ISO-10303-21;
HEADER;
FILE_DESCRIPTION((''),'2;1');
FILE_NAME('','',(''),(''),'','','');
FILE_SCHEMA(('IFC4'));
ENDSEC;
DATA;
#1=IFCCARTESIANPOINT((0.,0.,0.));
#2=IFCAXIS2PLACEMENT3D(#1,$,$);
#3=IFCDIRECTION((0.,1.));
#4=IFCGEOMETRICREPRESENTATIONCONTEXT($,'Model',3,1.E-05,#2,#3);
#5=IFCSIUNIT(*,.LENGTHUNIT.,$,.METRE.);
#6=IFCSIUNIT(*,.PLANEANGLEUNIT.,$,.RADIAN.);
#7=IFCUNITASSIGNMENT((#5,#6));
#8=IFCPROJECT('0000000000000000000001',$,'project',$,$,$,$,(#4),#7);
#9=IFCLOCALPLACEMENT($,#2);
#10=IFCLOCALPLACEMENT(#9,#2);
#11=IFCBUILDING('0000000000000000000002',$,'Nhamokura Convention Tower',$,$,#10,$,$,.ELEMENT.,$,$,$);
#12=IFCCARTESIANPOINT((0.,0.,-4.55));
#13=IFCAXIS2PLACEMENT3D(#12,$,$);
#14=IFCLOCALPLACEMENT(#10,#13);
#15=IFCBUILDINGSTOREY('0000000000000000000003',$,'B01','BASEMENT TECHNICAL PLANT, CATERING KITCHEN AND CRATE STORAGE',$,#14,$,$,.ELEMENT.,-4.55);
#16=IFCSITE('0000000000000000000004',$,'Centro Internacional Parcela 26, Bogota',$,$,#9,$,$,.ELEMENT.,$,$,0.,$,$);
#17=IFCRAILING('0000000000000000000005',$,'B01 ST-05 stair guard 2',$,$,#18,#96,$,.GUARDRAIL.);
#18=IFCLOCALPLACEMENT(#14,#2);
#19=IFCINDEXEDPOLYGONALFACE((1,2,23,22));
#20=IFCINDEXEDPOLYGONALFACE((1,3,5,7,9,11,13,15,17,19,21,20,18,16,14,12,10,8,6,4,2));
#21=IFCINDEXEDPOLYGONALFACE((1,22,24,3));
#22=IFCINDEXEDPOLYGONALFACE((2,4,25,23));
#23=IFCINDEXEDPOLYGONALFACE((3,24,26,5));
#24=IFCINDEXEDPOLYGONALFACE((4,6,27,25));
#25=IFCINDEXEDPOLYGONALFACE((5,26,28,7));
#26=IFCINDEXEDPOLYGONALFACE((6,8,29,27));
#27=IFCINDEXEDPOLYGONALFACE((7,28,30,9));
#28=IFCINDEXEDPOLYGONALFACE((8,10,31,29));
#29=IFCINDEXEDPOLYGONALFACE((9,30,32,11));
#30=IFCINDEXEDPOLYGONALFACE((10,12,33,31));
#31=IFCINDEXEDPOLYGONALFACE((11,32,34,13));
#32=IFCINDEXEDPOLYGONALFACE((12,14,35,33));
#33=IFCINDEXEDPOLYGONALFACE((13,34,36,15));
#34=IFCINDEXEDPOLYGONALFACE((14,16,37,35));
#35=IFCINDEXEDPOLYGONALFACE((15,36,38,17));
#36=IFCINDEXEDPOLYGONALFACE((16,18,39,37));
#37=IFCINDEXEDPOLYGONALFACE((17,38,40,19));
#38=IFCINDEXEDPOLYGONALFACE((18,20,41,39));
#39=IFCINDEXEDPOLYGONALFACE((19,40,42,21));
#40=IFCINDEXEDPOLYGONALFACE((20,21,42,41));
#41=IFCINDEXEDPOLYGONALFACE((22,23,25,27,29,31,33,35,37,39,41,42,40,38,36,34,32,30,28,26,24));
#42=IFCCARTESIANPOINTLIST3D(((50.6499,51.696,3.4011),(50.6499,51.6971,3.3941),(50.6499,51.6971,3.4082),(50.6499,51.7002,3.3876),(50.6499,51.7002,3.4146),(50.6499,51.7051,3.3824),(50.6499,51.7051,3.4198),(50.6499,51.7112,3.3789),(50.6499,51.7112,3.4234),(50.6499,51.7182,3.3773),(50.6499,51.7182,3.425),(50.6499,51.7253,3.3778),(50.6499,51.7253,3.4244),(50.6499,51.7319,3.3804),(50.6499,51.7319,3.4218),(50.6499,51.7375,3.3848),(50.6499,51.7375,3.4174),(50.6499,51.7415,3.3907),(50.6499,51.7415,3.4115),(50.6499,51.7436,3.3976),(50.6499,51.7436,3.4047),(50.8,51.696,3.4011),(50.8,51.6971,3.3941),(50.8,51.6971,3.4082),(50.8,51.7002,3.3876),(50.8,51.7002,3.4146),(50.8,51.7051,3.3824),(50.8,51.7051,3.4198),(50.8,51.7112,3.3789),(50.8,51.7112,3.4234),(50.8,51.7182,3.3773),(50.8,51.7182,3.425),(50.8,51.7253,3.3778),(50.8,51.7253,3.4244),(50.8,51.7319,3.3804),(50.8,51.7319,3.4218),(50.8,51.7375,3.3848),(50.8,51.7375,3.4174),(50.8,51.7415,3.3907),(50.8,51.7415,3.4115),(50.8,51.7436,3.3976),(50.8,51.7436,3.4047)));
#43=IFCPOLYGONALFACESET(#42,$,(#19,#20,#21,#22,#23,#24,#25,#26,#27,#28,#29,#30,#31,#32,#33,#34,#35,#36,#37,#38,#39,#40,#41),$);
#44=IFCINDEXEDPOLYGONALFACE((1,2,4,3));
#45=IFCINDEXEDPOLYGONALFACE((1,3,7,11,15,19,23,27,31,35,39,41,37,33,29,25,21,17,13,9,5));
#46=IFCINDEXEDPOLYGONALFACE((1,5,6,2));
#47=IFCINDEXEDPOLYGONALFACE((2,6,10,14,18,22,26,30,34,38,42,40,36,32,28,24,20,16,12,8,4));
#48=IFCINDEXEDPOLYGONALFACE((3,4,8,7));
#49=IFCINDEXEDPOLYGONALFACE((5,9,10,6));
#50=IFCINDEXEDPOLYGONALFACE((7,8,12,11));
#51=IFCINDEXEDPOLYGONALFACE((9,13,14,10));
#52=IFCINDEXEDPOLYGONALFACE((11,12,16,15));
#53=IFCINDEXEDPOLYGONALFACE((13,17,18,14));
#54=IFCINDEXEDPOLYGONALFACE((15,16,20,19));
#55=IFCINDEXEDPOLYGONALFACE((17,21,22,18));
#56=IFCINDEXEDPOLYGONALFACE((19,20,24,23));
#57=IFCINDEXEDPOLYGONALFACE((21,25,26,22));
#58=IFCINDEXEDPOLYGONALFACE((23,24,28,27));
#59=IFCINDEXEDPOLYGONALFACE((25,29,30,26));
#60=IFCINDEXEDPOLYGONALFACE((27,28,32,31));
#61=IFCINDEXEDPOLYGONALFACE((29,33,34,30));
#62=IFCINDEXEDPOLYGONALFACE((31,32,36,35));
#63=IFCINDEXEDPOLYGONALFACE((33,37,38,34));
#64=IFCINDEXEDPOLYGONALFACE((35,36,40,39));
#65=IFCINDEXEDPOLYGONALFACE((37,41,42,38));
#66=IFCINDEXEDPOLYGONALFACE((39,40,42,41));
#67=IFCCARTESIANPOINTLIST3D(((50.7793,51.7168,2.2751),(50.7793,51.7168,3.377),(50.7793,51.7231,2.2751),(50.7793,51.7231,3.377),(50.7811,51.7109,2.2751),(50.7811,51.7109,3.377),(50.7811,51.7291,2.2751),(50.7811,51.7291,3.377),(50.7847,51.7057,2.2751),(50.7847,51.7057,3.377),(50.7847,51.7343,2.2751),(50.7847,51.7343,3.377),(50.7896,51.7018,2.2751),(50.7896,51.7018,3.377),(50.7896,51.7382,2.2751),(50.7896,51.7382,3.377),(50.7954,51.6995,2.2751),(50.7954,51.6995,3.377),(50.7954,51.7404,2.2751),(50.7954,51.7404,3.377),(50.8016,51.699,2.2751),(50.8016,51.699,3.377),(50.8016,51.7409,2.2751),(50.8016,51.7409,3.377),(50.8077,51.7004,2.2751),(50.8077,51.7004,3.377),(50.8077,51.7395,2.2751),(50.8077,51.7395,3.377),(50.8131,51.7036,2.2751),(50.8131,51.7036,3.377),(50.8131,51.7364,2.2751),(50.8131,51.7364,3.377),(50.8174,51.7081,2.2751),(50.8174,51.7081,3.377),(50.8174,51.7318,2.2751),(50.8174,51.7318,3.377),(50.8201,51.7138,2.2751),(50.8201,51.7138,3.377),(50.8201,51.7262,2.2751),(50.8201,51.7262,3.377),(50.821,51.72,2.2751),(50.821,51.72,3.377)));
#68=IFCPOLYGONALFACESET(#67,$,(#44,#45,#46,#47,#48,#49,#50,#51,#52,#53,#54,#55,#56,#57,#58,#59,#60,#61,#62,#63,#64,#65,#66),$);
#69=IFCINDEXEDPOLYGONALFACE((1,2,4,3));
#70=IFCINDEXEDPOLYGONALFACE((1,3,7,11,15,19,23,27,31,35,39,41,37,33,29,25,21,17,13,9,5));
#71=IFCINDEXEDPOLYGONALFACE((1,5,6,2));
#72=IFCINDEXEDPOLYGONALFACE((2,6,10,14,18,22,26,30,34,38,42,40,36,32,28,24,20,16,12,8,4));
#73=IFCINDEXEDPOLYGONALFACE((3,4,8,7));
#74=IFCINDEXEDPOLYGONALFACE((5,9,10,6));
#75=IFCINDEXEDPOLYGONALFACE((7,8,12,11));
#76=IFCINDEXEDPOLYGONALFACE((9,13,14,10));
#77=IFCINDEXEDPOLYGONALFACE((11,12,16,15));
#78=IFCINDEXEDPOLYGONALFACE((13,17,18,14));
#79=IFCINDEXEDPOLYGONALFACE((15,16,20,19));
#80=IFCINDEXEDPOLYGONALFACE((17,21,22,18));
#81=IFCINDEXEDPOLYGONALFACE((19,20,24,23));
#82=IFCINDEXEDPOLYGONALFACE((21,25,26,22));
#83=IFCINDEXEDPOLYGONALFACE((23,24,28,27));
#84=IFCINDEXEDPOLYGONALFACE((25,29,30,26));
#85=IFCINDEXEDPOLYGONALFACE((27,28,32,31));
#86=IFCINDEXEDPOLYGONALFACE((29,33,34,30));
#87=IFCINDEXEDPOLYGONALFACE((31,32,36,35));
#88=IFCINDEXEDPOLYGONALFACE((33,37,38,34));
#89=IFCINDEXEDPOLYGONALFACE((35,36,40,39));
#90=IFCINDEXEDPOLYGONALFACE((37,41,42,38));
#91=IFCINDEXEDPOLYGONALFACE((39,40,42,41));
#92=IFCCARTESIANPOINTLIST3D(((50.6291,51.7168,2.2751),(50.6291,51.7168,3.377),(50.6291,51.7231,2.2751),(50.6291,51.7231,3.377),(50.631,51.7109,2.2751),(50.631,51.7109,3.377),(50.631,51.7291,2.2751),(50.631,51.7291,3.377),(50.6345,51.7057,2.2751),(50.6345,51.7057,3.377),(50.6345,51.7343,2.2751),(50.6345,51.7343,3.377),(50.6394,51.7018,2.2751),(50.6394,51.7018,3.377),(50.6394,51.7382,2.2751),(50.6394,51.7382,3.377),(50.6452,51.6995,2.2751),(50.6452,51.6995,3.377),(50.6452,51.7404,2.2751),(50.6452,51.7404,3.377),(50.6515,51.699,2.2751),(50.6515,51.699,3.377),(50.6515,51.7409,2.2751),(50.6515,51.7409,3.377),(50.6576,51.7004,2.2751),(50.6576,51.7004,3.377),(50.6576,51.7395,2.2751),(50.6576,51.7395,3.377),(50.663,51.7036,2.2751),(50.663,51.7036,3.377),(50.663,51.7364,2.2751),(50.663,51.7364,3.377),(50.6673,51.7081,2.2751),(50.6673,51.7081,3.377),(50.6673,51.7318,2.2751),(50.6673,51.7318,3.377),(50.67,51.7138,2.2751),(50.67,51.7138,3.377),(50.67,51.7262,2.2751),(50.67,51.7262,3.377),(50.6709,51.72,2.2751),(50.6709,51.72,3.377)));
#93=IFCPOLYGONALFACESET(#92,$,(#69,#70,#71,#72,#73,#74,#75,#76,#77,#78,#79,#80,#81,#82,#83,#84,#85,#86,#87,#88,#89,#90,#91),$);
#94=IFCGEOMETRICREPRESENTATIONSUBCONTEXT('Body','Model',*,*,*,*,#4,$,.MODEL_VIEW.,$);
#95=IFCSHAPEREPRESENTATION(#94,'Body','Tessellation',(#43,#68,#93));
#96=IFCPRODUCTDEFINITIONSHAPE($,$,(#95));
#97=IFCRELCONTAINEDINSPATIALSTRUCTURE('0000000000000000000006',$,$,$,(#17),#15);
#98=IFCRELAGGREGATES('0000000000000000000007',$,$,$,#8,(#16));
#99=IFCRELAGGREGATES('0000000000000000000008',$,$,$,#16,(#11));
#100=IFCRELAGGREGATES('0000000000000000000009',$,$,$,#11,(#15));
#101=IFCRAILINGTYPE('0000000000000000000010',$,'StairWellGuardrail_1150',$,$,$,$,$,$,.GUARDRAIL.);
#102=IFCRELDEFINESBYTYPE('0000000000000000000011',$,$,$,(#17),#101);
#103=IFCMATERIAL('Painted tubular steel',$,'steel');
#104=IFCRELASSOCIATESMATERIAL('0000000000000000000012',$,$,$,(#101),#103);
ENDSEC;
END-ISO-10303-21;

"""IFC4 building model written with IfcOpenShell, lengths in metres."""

from ifc_helpers import new_model, si_unit, direction, frame, origin, origin_2d, place, context, subcontext, project, spatial, circle, extrude, material, type_object, element, save


model = new_model("IFC4")

# Units and contexts
model_context = context("Model", 3, precision=1e-05, world=origin(), true_north=direction((0.0, 1.0)))
body_context = subcontext(model_context, "Body", "Model", "MODEL_VIEW")
ifc_project = project(units=[si_unit("LENGTHUNIT", "METRE"), si_unit("PLANEANGLEUNIT", "RADIAN")], contexts=[model_context])

# Site, building, storey
site_placement = place(None, origin())
site = spatial("IfcSite", under=ifc_project, at=site_placement, Name="Centro Internacional Parcela 26, Bogota", CompositionType="ELEMENT", RefElevation=0.0)
building_placement = place(site_placement, origin())
building = spatial("IfcBuilding", under=site, at=building_placement, Name="Nhamokura Convention Tower", CompositionType="ELEMENT")
storey_placement = place(building_placement, frame((0.0, 0.0, -4.55)))
storey = spatial("IfcBuildingStorey", under=building, at=storey_placement, Name="B01", Description="BASEMENT TECHNICAL PLANT, CATERING KITCHEN AND CRATE STORAGE", CompositionType="ELEMENT", Elevation=-4.55)

# Railing
ifc_material_1 = material(Name="Painted tubular steel", Category="steel")
railing_type_1 = type_object("IfcRailingType", Name="StairWellGuardrail_1150", PredefinedType="GUARDRAIL", material=ifc_material_1)
railing_1_placement = place(storey_placement, frame((50.8, 51.72, 2.2751)))
element("IfcRailing", 1, at=railing_1_placement, inside=storey, type_object=railing_type_1, Name="B01 ST-05 stair guard 2", PredefinedType="GUARDRAIL", context=body_context, shape_type="SweptSolid", body=[
    extrude(circle(Radius=0.0239, at=origin_2d()), frame((0.0, 0.0, 1.126), z_axis=(-1.0, 0.0, 0.0), x_axis=(0.0, -1.0, 0.0)), (0.0, 0.0, 1.0), 0.1501),
    extrude(circle(Radius=0.021, at=origin_2d()), origin(), (0.0, 0.0, 1.0), 1.1018),
    extrude(circle(Radius=0.021, at=origin_2d()), frame((-0.1501, 0.0, 0.0)), (0.0, 0.0, 1.0), 1.1018),
])

save(model, "model.ifc")
